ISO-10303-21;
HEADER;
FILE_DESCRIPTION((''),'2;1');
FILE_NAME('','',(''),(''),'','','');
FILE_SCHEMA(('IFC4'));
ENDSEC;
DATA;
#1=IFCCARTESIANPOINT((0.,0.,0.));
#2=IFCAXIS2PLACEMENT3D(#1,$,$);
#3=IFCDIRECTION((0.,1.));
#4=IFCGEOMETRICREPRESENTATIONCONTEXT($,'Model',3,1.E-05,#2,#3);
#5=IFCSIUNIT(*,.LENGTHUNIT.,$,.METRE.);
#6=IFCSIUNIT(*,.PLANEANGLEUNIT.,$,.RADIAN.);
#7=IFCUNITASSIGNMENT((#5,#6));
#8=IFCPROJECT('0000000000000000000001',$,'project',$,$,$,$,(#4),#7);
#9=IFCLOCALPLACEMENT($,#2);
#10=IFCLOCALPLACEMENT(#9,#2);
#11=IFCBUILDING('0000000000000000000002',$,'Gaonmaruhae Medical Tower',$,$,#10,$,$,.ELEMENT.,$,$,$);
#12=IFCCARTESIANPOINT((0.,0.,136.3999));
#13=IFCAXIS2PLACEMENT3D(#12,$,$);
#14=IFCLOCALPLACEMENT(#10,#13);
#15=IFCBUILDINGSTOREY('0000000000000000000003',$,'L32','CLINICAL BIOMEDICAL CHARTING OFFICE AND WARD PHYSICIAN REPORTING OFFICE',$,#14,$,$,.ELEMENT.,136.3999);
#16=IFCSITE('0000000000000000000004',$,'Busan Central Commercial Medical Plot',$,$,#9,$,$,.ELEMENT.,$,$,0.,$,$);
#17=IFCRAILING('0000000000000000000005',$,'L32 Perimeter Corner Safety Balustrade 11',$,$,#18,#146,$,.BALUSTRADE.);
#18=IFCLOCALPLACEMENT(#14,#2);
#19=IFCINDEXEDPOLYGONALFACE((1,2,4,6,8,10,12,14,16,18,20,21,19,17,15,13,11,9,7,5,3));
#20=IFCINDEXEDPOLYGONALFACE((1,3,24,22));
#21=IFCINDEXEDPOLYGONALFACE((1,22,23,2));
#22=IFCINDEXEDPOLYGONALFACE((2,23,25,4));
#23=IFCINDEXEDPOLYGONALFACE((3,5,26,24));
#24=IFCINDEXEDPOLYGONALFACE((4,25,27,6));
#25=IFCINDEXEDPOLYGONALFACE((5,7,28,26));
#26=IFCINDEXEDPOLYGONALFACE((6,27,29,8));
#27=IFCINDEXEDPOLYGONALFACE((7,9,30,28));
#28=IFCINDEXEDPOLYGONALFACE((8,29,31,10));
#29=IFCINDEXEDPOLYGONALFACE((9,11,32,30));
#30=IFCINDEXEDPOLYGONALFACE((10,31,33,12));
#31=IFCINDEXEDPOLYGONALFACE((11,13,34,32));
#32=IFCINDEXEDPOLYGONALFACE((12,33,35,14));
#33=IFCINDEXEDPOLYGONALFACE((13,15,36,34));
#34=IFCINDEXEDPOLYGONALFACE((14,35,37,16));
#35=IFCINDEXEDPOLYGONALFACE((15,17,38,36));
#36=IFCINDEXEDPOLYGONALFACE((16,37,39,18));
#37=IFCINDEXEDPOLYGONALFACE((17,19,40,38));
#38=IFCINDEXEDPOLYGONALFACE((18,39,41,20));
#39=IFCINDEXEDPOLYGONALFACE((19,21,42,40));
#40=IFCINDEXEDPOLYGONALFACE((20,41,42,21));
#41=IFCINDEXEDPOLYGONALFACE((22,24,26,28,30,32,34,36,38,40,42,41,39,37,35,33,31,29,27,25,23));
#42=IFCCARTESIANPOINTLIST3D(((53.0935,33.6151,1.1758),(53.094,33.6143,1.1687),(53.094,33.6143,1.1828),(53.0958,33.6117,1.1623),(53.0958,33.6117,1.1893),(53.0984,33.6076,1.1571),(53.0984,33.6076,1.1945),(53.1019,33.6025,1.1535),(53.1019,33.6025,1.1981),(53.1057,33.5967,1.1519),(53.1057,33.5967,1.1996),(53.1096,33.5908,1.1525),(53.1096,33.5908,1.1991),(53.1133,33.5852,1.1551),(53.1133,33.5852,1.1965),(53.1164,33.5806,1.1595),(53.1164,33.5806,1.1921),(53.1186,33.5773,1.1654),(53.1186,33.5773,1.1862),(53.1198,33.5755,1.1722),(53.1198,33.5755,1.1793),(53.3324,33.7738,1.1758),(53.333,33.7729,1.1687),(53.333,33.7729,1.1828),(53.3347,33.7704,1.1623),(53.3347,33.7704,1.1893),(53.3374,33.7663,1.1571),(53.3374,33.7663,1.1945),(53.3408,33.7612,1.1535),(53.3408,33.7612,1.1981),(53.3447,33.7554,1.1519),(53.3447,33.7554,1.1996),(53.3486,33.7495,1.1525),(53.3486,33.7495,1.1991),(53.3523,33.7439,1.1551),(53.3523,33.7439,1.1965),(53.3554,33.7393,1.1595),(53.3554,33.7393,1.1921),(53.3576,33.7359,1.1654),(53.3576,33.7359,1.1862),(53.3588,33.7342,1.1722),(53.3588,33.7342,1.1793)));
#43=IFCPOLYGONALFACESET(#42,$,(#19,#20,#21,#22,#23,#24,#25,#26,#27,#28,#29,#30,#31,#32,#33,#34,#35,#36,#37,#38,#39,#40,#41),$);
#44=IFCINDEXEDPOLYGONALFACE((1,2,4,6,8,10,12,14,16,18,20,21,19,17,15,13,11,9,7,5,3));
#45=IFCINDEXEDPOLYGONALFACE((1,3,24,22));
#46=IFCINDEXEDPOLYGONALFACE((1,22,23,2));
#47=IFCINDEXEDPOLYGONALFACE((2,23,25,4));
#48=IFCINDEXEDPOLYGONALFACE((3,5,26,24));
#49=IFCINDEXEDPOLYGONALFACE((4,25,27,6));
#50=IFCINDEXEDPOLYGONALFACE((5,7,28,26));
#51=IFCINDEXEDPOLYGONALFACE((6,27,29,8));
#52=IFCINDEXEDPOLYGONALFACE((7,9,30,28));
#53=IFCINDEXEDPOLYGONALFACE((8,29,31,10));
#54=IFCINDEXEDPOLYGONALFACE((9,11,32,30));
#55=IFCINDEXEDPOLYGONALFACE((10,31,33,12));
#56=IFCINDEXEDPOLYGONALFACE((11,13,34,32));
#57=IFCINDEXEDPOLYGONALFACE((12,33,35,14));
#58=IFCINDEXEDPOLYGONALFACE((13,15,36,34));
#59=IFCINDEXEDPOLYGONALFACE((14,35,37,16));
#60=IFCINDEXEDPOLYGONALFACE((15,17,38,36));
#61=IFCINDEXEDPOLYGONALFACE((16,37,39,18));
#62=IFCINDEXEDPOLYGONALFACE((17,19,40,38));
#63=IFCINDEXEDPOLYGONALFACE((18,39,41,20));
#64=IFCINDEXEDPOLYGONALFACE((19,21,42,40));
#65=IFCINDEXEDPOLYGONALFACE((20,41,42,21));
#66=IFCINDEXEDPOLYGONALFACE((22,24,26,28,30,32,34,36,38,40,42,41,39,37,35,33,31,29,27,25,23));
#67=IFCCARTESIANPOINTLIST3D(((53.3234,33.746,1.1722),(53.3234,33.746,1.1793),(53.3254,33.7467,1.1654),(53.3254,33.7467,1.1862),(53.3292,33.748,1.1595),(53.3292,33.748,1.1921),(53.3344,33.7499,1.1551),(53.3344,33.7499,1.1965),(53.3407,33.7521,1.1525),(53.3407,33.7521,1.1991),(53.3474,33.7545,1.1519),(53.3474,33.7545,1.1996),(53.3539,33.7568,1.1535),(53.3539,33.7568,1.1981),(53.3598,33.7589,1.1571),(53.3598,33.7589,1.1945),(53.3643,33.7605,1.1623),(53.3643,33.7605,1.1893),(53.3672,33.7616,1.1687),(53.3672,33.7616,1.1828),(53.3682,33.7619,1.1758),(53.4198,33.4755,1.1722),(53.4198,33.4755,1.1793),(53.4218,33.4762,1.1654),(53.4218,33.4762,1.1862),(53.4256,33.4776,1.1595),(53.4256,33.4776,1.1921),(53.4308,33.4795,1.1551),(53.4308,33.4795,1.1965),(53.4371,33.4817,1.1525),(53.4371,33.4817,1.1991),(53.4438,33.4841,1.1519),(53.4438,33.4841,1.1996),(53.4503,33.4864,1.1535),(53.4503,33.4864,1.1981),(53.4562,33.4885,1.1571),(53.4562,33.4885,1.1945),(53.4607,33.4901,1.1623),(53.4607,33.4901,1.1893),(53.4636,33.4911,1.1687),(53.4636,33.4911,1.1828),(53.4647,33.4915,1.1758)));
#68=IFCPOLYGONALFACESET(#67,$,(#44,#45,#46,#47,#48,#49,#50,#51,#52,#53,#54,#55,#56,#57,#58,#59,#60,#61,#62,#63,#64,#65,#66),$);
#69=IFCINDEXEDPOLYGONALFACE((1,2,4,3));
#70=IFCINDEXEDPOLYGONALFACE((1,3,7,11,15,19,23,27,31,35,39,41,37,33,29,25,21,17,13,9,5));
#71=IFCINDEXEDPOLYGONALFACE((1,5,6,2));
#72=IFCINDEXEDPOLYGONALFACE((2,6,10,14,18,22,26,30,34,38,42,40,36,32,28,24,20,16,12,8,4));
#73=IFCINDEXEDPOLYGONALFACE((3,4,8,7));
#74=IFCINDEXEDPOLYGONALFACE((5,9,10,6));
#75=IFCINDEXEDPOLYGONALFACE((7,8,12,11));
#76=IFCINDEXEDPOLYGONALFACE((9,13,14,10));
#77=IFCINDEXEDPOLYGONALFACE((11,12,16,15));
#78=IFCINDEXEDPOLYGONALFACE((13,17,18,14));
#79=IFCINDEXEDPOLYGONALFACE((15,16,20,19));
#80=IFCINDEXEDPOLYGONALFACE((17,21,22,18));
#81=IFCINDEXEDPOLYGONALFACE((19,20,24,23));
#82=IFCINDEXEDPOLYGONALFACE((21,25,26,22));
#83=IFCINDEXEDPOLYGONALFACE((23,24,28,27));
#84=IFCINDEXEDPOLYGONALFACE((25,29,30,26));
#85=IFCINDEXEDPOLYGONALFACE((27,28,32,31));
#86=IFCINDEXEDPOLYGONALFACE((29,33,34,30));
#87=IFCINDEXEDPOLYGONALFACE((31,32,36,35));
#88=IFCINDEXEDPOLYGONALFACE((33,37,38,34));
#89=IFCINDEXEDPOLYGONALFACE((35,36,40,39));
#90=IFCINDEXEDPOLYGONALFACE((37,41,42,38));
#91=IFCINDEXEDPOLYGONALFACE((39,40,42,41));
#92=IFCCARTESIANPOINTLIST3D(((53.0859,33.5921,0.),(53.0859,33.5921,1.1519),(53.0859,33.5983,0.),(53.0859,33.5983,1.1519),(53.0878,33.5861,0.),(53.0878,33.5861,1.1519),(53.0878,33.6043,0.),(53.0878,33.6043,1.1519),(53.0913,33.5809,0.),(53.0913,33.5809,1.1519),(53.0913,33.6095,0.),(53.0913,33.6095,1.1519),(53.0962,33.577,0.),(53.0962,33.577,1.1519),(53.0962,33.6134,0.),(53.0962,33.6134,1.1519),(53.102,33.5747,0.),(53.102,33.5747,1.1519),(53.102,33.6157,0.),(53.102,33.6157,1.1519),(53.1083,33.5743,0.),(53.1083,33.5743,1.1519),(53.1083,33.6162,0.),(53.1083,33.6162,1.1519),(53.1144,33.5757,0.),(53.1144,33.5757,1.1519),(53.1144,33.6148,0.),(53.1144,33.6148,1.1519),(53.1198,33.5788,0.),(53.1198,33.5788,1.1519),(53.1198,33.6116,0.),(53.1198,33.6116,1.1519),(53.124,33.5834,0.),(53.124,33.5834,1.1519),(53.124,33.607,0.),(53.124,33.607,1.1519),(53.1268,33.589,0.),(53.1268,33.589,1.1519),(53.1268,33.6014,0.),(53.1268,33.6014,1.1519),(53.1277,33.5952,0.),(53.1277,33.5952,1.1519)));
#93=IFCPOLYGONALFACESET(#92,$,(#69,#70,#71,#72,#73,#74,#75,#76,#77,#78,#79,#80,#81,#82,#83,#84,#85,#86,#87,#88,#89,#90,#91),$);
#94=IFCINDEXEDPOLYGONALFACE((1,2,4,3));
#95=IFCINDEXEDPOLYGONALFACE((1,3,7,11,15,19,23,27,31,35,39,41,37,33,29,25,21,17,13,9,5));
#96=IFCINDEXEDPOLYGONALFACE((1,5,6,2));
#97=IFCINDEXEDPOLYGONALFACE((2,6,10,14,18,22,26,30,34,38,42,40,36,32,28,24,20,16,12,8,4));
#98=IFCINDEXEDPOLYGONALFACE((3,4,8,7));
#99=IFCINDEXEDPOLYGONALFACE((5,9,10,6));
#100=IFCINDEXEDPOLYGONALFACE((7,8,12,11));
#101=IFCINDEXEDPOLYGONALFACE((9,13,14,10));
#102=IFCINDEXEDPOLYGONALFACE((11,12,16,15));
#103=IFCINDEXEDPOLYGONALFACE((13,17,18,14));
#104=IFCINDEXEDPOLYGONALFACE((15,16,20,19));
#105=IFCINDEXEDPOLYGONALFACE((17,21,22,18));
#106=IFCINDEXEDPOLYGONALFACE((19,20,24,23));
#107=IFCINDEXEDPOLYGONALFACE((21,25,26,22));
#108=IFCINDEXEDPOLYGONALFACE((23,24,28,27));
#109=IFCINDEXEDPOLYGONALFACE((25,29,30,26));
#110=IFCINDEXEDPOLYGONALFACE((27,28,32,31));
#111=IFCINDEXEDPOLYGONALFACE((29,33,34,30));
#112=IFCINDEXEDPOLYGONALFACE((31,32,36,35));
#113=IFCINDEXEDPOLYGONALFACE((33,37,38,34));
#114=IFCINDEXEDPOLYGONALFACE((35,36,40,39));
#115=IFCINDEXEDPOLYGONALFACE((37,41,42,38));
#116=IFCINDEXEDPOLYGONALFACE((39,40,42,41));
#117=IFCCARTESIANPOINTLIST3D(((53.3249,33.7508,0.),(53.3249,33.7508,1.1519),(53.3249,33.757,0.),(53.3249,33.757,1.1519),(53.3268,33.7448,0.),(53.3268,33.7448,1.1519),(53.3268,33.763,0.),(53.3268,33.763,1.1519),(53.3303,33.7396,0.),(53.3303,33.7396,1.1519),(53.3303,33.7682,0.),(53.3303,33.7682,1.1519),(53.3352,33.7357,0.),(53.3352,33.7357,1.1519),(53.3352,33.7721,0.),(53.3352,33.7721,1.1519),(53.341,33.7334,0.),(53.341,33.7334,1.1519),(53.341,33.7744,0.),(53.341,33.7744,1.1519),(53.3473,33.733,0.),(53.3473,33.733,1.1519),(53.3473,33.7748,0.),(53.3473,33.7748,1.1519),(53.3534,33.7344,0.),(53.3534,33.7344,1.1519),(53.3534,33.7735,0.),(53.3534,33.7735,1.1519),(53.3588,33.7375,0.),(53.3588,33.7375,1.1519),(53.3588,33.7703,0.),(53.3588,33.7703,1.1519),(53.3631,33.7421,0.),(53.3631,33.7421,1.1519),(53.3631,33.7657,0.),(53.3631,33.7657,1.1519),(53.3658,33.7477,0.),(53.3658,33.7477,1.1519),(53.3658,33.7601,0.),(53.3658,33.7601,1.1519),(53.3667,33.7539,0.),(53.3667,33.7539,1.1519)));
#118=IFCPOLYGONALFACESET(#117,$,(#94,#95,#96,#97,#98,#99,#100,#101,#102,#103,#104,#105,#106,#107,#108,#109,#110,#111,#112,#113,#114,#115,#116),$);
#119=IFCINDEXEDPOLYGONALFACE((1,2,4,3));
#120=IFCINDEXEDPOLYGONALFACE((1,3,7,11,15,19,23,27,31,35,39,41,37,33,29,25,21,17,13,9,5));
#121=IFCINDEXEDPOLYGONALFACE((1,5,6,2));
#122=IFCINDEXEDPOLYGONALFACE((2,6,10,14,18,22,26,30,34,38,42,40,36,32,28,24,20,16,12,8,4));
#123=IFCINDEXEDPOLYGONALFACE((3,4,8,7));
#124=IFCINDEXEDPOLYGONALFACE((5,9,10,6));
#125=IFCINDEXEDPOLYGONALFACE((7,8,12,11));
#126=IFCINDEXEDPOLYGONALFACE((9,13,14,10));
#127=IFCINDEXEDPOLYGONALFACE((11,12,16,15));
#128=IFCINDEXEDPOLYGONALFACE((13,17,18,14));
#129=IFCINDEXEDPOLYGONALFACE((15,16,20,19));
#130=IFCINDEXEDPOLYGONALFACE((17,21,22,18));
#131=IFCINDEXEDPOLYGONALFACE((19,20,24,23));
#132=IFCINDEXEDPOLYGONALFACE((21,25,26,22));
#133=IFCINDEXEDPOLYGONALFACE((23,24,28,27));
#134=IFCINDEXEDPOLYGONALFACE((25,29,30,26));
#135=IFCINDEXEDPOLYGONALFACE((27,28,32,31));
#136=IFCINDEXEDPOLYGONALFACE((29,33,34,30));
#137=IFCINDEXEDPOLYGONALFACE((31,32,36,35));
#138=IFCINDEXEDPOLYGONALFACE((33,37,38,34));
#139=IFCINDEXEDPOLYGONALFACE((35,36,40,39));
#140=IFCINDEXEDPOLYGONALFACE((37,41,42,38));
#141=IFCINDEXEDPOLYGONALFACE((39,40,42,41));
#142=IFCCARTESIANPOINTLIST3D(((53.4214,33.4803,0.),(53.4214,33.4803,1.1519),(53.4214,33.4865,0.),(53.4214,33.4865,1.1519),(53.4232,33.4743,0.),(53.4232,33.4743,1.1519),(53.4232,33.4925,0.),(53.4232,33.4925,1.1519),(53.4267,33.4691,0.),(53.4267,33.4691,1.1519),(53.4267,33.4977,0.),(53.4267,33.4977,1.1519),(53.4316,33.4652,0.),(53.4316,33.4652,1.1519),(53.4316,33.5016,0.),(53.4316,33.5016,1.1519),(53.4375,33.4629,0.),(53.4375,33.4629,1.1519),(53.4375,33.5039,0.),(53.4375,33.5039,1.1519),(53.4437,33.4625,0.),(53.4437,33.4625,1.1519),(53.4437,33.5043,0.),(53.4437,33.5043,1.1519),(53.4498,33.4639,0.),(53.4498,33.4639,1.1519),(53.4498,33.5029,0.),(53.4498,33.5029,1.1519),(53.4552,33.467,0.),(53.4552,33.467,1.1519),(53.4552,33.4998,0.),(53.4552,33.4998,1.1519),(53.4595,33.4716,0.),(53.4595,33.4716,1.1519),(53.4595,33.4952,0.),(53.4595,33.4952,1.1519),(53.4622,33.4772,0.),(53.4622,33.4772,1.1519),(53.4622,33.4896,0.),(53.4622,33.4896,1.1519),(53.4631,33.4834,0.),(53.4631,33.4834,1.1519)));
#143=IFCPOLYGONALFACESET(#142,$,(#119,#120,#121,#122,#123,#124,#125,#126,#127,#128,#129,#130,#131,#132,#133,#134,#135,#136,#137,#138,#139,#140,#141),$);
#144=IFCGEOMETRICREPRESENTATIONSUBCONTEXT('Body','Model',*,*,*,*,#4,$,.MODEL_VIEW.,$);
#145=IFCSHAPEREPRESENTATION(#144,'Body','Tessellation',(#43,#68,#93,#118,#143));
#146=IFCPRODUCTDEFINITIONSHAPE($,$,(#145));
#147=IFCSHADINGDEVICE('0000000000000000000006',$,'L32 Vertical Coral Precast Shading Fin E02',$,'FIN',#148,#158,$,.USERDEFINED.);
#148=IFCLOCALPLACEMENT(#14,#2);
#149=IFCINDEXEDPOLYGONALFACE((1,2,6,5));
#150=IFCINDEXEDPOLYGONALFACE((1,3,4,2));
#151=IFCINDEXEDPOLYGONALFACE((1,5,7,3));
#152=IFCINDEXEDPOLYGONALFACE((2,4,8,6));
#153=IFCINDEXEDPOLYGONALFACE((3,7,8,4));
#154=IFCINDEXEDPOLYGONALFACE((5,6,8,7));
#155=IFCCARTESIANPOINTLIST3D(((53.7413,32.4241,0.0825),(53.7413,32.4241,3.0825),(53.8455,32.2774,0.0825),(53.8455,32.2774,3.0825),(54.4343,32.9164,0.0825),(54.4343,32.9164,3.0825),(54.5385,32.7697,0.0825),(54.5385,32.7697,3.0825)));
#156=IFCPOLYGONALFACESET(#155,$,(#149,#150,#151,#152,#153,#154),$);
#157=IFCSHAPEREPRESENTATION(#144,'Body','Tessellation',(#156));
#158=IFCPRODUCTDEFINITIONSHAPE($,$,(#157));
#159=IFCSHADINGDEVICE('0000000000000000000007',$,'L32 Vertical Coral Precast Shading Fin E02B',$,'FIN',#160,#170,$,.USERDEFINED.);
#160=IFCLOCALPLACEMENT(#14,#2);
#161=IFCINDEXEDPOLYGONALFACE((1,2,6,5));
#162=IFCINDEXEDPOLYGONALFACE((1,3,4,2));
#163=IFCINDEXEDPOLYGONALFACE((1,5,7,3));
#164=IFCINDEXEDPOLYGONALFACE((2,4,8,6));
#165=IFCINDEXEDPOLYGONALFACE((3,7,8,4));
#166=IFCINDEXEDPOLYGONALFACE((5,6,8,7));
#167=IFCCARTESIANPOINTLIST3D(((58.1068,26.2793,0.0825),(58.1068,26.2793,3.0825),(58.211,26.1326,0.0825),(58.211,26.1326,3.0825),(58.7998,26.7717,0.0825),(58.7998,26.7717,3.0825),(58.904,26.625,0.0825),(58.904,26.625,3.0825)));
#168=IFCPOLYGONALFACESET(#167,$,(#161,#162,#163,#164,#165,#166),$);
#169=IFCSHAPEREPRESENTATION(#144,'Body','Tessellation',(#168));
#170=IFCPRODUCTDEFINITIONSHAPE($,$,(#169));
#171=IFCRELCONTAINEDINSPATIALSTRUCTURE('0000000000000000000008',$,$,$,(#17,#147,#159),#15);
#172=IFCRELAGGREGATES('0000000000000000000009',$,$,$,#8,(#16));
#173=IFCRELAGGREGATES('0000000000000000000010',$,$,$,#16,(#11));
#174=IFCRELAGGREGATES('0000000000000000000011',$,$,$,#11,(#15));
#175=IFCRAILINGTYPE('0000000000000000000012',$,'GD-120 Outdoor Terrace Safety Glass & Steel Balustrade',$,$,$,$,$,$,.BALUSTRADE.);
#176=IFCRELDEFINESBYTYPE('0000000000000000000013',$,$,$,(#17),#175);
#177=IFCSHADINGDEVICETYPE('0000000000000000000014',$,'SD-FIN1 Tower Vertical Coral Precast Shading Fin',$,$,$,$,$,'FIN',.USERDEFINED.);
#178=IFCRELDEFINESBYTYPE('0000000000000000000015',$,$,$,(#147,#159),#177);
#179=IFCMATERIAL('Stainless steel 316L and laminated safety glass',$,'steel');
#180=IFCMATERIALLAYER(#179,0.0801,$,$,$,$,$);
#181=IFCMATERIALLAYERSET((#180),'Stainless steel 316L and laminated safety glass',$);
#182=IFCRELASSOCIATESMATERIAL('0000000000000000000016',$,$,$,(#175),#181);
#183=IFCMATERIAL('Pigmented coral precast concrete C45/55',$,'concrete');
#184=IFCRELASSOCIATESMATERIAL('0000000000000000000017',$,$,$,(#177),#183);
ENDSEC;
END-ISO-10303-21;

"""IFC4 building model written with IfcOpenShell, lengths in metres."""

from ifc_helpers import new_model, si_unit, direction, frame, origin, origin_2d, place, context, subcontext, project, spatial, rectangle, circle, extrude, material, layer, layer_set, type_object, element, save


model = new_model("IFC4")

# Units and contexts
model_context = context("Model", 3, precision=1e-05, world=origin(), true_north=direction((0.0, 1.0)))
body_context = subcontext(model_context, "Body", "Model", "MODEL_VIEW")
ifc_project = project(units=[si_unit("LENGTHUNIT", "METRE"), si_unit("PLANEANGLEUNIT", "RADIAN")], contexts=[model_context])

# Site, building, storey
site_placement = place(None, origin())
site = spatial("IfcSite", under=ifc_project, at=site_placement, Name="Busan Central Commercial Medical Plot", CompositionType="ELEMENT", RefElevation=0.0)
building_placement = place(site_placement, origin())
building = spatial("IfcBuilding", under=site, at=building_placement, Name="Gaonmaruhae Medical Tower", CompositionType="ELEMENT")
storey_placement = place(building_placement, frame((0.0, 0.0, 136.3999)))
storey = spatial("IfcBuildingStorey", under=building, at=storey_placement, Name="L32", Description="CLINICAL BIOMEDICAL CHARTING OFFICE AND WARD PHYSICIAN REPORTING OFFICE", CompositionType="ELEMENT", Elevation=136.3999)

# Railing
ifc_material_1 = material(Name="Stainless steel 316L and laminated safety glass", Category="steel")
ifc_layer_1 = layer(ifc_material_1, 0.0801)
ifc_layer_set_1 = layer_set([ifc_layer_1], Name="Stainless steel 316L and laminated safety glass")
railing_type = type_object("IfcRailingType", Name="GD-120 Outdoor Terrace Safety Glass & Steel Balustrade", PredefinedType="BALUSTRADE", material=ifc_layer_set_1)
railing_1_placement = place(storey_placement, frame((53.1067, 33.5952, 0.0)))
element("IfcRailing", 1, at=railing_1_placement, inside=storey, type_object=railing_type, Name="L32 Perimeter Corner Safety Balustrade 11", PredefinedType="BALUSTRADE", context=body_context, shape_type="SweptSolid", body=[
    extrude(circle(Radius=0.0239, at=origin_2d()), frame((0.0, 0.0, 1.1758), z_axis=(0.833096, 0.553128, 0.0), x_axis=(-0.553128, 0.833096, 0.0)), (0.0, 0.0, 1.0), 0.2869),
    extrude(circle(Radius=0.0239, at=origin_2d()), frame((0.239, 0.1587, 1.1758), z_axis=(0.335798, -0.941934, 0.0), x_axis=(0.941934, 0.335798, 0.0)), (0.0, 0.0, 1.0), 0.2871),
    extrude(circle(Radius=0.021, at=origin_2d()), origin(), (0.0, 0.0, 1.0), 1.1519),
    extrude(circle(Radius=0.021, at=origin_2d()), frame((0.239, 0.1587, 0.0)), (0.0, 0.0, 1.0), 1.1519),
    extrude(circle(Radius=0.021, at=origin_2d()), frame((0.3354, -0.1118, 0.0)), (0.0, 0.0, 1.0), 1.1519),
])

# Shading devices
ifc_material_2 = material(Name="Pigmented coral precast concrete C45/55", Category="concrete")
shading_device_type = type_object("IfcShadingDeviceType", Name="SD-FIN1 Tower Vertical Coral Precast Shading Fin", ElementType="FIN", PredefinedType="USERDEFINED", material=ifc_material_2)
for number, where, z_axis, x_axis, name in (
    (2, (54.1399, 32.5969, 0.0825), (0.0, 0.0, 1.0), (0.579139, -0.815229, 0.0), "L32 Vertical Coral Precast Shading Fin E02"),
    (3, (58.5054, 26.4521, 0.0825), (0.0, 0.0, 1.0), (0.579139, -0.815229, 0.0), "L32 Vertical Coral Precast Shading Fin E02B"),
):
    element("IfcShadingDevice", number, at=place(storey_placement, frame(where, z_axis=z_axis, x_axis=x_axis)), inside=storey, type_object=shading_device_type, Name=name, ObjectType="FIN", PredefinedType="USERDEFINED", context=body_context, shape_type="SweptSolid", body=[
        extrude(rectangle(XDim=0.1799, YDim=0.8501, at=origin_2d()), origin(), (0.0, 0.0, 1.0), 3.0),
    ])

save(model, "model.ifc")
